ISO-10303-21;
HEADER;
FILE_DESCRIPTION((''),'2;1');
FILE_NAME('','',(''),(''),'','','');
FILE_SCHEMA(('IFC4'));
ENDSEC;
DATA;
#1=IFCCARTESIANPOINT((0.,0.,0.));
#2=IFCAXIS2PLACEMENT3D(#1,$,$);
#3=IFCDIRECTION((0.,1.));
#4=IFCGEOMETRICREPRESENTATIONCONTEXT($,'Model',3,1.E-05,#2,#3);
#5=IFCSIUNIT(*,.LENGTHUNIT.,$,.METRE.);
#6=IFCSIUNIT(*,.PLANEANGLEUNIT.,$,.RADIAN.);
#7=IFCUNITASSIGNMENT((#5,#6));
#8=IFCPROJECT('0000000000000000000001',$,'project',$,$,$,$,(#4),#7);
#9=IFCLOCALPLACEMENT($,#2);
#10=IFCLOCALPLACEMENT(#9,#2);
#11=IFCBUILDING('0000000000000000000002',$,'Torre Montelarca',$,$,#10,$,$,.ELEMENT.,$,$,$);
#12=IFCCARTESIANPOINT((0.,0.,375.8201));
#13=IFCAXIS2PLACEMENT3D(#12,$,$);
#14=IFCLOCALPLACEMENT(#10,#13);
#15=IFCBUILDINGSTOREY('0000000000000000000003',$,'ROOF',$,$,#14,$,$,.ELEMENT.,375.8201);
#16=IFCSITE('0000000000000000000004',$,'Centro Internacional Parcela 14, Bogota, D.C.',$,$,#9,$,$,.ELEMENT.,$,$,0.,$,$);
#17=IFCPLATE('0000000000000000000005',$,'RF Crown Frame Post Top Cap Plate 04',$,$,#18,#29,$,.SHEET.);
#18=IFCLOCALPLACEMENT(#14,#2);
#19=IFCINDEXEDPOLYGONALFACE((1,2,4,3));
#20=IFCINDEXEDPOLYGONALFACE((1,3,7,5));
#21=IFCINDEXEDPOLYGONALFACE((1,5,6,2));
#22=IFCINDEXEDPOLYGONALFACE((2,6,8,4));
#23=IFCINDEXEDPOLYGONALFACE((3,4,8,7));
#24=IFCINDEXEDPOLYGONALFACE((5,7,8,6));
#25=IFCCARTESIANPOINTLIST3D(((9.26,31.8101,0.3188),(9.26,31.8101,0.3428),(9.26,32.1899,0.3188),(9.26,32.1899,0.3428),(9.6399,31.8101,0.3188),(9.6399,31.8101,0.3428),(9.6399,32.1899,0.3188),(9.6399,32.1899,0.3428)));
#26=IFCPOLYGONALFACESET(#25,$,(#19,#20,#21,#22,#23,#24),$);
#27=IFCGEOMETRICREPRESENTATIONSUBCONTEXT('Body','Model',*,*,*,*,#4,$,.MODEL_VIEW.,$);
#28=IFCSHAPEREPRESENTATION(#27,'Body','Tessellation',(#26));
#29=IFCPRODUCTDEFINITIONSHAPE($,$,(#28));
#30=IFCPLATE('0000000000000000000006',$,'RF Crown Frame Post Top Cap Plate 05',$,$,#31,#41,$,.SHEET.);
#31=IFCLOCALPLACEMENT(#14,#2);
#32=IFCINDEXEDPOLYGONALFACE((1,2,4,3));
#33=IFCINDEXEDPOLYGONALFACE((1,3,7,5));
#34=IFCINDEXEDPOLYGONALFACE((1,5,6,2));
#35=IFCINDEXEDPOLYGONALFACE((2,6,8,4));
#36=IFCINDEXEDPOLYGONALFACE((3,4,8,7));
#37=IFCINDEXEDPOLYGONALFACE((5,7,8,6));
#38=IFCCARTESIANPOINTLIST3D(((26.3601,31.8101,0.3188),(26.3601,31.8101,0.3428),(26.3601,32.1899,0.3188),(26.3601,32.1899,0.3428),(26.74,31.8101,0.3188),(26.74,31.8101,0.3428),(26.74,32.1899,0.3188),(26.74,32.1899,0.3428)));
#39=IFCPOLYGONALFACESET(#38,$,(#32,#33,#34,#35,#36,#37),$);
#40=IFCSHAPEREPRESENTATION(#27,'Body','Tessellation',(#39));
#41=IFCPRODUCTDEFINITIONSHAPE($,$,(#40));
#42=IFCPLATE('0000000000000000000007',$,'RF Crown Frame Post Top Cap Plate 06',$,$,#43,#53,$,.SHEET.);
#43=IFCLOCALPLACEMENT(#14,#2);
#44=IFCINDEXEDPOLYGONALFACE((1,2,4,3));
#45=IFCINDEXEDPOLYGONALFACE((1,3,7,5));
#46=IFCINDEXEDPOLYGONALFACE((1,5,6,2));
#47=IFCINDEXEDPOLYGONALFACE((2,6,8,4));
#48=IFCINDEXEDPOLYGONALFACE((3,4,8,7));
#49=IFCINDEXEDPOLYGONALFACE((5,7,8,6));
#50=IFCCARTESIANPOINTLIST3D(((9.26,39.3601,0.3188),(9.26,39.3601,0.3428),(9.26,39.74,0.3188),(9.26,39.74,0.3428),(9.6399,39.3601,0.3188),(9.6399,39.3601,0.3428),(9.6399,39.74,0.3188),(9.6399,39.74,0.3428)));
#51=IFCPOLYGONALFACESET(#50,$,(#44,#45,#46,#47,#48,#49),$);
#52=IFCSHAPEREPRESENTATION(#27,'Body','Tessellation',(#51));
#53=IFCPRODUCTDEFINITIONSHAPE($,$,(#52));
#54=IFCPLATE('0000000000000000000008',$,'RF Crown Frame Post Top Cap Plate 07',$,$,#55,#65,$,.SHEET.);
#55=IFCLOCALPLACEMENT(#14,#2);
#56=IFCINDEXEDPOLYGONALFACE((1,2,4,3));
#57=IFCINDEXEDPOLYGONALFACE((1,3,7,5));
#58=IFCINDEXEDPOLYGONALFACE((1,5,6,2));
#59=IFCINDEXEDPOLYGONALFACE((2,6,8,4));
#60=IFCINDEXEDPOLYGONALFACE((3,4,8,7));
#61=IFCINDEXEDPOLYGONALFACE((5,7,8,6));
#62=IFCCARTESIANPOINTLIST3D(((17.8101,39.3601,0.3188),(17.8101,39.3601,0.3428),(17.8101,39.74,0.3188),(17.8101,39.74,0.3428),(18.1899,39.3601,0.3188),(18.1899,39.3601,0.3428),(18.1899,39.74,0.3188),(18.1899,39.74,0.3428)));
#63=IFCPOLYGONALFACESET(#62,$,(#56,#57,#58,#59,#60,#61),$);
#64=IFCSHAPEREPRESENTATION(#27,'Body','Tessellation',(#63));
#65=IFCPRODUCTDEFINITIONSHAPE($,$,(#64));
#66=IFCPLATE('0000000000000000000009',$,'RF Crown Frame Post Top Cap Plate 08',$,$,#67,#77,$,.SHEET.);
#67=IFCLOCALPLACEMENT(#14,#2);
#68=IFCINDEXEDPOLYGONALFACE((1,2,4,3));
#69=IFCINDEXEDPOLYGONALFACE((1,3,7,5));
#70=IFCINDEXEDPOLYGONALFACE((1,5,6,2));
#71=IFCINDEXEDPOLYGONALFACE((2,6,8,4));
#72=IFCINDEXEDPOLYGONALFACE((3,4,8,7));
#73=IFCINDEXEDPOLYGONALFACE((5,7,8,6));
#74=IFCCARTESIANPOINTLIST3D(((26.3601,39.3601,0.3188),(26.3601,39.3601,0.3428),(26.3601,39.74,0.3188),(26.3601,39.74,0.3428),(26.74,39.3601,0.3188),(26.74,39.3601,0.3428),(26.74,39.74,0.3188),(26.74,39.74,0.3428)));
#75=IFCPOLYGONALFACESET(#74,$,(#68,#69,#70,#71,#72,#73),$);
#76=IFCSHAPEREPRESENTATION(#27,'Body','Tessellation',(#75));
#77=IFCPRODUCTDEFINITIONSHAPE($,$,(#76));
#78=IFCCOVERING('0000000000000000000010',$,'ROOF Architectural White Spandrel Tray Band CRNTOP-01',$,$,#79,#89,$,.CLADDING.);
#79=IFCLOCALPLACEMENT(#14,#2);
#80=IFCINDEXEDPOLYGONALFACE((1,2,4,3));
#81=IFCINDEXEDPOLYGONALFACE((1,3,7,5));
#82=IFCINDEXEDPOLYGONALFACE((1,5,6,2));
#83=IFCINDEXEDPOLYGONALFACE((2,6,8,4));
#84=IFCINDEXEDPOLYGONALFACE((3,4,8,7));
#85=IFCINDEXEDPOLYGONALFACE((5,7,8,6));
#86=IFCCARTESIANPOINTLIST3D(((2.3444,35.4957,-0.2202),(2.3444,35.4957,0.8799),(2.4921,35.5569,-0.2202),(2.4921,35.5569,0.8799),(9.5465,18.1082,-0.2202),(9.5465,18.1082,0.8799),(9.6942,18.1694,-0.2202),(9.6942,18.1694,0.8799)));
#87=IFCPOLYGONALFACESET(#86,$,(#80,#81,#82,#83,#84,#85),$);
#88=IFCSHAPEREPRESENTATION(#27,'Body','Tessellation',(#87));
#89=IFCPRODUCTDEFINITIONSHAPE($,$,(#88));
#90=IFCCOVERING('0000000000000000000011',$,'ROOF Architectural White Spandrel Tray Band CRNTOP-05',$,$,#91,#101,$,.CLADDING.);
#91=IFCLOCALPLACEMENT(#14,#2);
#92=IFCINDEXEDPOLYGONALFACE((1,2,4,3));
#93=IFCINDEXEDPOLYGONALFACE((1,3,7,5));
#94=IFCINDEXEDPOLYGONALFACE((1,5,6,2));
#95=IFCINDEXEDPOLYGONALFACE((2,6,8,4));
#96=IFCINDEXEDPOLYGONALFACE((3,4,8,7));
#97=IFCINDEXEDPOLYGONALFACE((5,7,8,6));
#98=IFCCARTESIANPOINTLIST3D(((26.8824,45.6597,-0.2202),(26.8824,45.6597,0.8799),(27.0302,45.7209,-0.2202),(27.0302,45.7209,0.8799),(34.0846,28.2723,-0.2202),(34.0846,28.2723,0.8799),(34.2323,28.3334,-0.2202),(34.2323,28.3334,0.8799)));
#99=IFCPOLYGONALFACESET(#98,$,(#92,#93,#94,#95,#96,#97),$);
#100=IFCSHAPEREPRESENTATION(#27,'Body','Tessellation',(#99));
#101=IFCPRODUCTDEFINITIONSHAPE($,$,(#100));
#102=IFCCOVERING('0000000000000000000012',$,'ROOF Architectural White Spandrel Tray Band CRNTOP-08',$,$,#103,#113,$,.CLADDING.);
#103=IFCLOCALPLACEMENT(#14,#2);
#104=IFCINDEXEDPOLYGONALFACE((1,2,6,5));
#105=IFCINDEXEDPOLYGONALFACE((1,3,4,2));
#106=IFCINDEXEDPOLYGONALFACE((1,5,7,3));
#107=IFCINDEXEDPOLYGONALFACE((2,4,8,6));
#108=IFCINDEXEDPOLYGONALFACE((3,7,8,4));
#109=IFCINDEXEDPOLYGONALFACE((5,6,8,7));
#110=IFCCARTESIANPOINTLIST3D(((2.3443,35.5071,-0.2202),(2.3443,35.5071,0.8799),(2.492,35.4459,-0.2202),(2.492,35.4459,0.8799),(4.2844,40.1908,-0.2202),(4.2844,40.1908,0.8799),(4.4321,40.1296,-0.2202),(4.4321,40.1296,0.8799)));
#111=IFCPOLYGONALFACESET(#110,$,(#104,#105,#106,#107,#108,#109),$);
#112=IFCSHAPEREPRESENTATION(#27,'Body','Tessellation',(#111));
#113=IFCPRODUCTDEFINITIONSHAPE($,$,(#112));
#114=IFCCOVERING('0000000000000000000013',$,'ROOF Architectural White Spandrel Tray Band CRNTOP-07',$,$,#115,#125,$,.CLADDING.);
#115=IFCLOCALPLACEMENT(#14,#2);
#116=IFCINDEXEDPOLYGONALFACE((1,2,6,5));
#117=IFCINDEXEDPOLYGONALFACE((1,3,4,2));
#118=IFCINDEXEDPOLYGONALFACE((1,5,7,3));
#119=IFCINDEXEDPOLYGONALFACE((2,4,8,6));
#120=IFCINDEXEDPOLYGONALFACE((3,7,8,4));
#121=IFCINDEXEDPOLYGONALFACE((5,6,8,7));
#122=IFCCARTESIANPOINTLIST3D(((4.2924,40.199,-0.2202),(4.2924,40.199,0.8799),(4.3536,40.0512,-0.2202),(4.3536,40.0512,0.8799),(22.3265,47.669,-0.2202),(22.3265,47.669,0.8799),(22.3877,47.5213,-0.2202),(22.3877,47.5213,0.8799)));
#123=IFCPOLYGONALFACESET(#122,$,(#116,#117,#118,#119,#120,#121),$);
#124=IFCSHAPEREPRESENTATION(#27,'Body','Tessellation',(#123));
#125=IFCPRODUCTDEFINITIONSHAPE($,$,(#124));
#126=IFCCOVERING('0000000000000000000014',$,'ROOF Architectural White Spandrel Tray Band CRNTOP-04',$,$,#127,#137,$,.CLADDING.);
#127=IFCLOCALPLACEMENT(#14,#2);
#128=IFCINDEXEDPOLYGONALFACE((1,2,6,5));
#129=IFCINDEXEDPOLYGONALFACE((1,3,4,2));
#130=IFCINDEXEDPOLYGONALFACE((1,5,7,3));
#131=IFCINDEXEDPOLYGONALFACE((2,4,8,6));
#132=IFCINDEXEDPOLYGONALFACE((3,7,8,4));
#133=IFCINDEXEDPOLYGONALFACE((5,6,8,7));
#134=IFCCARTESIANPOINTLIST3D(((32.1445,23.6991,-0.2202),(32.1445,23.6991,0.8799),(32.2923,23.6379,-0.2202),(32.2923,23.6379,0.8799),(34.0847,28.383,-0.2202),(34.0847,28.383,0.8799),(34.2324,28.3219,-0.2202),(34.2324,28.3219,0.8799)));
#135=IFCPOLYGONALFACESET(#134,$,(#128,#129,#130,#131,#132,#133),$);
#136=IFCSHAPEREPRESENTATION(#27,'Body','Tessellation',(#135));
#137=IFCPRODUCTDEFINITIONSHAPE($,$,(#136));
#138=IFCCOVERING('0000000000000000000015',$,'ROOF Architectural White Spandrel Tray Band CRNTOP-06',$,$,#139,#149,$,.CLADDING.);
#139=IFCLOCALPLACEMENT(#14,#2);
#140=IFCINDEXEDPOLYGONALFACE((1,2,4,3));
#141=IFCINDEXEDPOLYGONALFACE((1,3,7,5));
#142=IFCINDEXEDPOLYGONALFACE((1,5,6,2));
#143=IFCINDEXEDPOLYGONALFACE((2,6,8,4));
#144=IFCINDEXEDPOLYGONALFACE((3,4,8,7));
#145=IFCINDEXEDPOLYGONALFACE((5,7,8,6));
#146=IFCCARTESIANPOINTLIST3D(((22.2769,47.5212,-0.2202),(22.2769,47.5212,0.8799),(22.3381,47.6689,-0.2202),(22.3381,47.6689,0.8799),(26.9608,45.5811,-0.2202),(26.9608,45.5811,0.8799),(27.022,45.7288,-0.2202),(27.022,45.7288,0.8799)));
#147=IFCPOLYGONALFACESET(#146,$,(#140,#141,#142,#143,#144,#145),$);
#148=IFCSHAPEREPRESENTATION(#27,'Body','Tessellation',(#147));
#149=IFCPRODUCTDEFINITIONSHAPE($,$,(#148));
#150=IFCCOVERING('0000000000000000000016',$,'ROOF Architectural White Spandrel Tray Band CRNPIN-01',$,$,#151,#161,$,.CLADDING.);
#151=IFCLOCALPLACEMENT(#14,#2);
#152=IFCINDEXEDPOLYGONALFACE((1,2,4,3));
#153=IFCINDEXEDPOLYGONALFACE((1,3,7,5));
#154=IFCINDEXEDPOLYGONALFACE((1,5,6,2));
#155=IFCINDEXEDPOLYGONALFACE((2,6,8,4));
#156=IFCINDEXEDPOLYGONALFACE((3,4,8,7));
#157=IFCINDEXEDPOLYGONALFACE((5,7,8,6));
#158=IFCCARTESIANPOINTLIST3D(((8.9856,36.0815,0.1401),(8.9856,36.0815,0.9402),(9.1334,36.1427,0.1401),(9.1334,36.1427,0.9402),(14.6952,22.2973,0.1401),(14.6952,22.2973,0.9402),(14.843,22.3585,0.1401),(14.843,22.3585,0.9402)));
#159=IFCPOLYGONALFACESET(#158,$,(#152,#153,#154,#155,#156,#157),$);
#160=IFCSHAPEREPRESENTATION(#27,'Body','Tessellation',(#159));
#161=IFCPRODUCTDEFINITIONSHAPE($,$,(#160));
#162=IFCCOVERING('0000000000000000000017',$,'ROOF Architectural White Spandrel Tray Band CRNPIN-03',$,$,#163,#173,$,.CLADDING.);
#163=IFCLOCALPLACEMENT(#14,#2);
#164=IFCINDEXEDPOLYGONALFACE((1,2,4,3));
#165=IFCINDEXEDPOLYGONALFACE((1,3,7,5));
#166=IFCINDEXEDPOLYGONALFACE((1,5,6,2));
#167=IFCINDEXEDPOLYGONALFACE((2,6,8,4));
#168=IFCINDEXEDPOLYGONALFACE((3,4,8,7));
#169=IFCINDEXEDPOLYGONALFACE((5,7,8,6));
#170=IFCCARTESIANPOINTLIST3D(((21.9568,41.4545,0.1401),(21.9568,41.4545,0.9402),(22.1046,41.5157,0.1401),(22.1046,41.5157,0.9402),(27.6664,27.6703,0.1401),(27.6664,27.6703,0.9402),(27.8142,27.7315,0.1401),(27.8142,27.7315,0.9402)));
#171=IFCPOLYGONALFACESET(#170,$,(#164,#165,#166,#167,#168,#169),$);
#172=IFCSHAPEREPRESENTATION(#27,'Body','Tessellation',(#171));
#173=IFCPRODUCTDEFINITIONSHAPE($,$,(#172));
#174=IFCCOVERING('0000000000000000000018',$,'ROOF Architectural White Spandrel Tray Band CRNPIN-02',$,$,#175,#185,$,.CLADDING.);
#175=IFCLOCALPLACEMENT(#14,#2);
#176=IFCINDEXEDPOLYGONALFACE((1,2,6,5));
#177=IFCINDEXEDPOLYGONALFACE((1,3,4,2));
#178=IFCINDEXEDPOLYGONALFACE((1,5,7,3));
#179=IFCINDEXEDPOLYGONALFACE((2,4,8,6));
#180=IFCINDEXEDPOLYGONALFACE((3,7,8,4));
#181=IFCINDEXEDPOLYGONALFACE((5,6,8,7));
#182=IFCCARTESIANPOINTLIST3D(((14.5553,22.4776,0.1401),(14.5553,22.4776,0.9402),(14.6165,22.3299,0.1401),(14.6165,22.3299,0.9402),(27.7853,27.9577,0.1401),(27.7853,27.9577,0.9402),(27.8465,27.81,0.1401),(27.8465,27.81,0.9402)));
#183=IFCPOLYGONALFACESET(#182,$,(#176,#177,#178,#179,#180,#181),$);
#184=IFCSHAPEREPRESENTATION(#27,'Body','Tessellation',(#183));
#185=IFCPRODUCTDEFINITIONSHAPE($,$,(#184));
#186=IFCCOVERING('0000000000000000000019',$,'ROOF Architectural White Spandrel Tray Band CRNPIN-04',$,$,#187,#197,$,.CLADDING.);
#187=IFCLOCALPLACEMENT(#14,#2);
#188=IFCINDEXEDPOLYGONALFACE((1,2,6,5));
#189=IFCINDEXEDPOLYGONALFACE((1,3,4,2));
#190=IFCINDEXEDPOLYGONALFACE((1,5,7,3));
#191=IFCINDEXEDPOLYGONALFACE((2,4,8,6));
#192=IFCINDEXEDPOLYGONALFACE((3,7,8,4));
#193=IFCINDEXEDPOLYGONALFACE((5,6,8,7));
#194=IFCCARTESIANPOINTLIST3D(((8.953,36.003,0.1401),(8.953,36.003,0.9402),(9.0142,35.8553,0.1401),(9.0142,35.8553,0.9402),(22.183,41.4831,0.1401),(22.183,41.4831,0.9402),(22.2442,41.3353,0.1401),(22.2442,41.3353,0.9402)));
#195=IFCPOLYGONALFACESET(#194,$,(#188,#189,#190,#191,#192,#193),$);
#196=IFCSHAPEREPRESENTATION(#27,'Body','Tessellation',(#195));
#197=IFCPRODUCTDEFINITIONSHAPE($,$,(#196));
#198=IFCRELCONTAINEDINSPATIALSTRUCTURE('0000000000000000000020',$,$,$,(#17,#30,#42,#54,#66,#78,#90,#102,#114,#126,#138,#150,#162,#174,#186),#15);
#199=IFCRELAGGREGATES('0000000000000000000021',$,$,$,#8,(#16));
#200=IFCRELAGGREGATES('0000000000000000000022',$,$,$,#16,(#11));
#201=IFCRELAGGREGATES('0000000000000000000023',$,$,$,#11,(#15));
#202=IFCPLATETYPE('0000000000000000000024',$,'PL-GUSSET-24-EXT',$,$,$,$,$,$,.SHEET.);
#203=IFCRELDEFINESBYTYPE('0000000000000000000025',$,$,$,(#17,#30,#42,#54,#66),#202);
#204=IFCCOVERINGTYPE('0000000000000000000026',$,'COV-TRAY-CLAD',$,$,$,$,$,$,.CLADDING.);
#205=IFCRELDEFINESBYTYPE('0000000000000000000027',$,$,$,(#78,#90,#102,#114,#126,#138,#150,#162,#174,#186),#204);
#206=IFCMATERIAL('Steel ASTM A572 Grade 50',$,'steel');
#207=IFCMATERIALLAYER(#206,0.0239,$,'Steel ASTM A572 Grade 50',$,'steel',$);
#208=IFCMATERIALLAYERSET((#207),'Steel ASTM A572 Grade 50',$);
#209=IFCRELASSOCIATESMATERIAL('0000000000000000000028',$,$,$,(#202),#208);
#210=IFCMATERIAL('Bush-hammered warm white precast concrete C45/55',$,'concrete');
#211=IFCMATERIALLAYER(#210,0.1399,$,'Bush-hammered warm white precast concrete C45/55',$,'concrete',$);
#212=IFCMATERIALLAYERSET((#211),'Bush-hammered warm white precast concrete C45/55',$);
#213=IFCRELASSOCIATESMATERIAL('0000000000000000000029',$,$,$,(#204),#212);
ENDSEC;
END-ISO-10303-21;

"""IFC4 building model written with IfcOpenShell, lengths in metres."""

from ifc_helpers import new_model, si_unit, direction, frame, origin, origin_2d, place, context, subcontext, project, spatial, rectangle, extrude, source, transform, mapped, material, layer, layer_set, type_object, element, save


model = new_model("IFC4")

# Units and contexts
model_context = context("Model", 3, precision=1e-05, world=origin(), true_north=direction((0.0, 1.0)))
body_context = subcontext(model_context, "Body", "Model", "MODEL_VIEW")
ifc_project = project(units=[si_unit("LENGTHUNIT", "METRE"), si_unit("PLANEANGLEUNIT", "RADIAN")], contexts=[model_context])

# Site, building, storey
site_placement = place(None, origin())
site = spatial("IfcSite", under=ifc_project, at=site_placement, Name="Centro Internacional Parcela 14, Bogota, D.C.", CompositionType="ELEMENT", RefElevation=0.0)
building_placement = place(site_placement, origin())
building = spatial("IfcBuilding", under=site, at=building_placement, Name="Torre Montelarca", CompositionType="ELEMENT")
storey_placement = place(building_placement, frame((0.0, 0.0, 375.8201)))
storey = spatial("IfcBuildingStorey", under=building, at=storey_placement, Name="ROOF", CompositionType="ELEMENT", Elevation=375.8201)

# Plates
ifc_material_1 = material(Name="Steel ASTM A572 Grade 50", Category="steel")
ifc_layer_1 = layer(ifc_material_1, 0.0239, Name="Steel ASTM A572 Grade 50", Category="steel")
ifc_layer_set_1 = layer_set([ifc_layer_1], Name="Steel ASTM A572 Grade 50")
plate_type = type_object("IfcPlateType", Name="PL-GUSSET-24-EXT", PredefinedType="SHEET", material=ifc_layer_set_1)
shared_shape_1 = source(origin(), body_context, "Body", "SweptSolid", [
    extrude(rectangle(XDim=0.3799, YDim=0.3799, at=origin_2d()), origin(), (0.0, 0.0, 1.0), 0.0239),
])
for number, where, z_axis, x_axis, name in (
    (1, (9.45, 32.0, 0.3188), (0.0, 0.0, 1.0), (1.0, 0.0, 0.0), "RF Crown Frame Post Top Cap Plate 04"),
    (2, (26.55, 32.0, 0.3188), (0.0, 0.0, 1.0), (1.0, 0.0, 0.0), "RF Crown Frame Post Top Cap Plate 05"),
    (3, (9.45, 39.55, 0.3188), (0.0, 0.0, 1.0), (1.0, 0.0, 0.0), "RF Crown Frame Post Top Cap Plate 06"),
    (4, (18.0, 39.55, 0.3188), (0.0, 0.0, 1.0), (1.0, 0.0, 0.0), "RF Crown Frame Post Top Cap Plate 07"),
    (5, (26.55, 39.55, 0.3188), (0.0, 0.0, 1.0), (1.0, 0.0, 0.0), "RF Crown Frame Post Top Cap Plate 08"),
):
    element("IfcPlate", number, at=place(storey_placement, frame(where, z_axis=z_axis, x_axis=x_axis)), inside=storey, type_object=plate_type, Name=name, PredefinedType="SHEET", context=body_context, shape_type="MappedRepresentation", body=[
        mapped(shared_shape_1, transform((0.0, 0.0, 0.0), scale=1.0)),
    ])

# Coverings
ifc_material_2 = material(Name="Bush-hammered warm white precast concrete C45/55", Category="concrete")
ifc_layer_2 = layer(ifc_material_2, 0.1399, Name="Bush-hammered warm white precast concrete C45/55", Category="concrete")
ifc_layer_set_2 = layer_set([ifc_layer_2], Name="Bush-hammered warm white precast concrete C45/55")
covering_type = type_object("IfcCoveringType", Name="COV-TRAY-CLAD", PredefinedType="CLADDING", material=ifc_layer_set_2)
shared_shape_2 = source(origin(), body_context, "Body", "SweptSolid", [
    extrude(rectangle(XDim=18.8201, YDim=0.1599, at=origin_2d()), origin(), (0.0, 0.0, 1.0), 1.1001),
])
for number, where, z_axis, x_axis, name in (
    (6, (6.0193, 26.8325, -0.2202), (0.0, 0.0, 1.0), (0.382683, -0.92388, 0.0), "ROOF Architectural White Spandrel Tray Band CRNTOP-01"),
    (7, (30.5574, 36.9966, -0.2202), (0.0, 0.0, 1.0), (-0.382685, 0.923879, 0.0), "ROOF Architectural White Spandrel Tray Band CRNTOP-05"),
):
    element("IfcCovering", number, at=place(storey_placement, frame(where, z_axis=z_axis, x_axis=x_axis)), inside=storey, type_object=covering_type, Name=name, PredefinedType="CLADDING", context=body_context, shape_type="MappedRepresentation", body=[
        mapped(shared_shape_2, transform((0.0, 0.0, 0.0), scale=1.0)),
    ])
shared_shape_3 = source(origin(), body_context, "Body", "SweptSolid", [
    extrude(rectangle(XDim=5.0696, YDim=0.1599, at=origin_2d()), origin(), (0.0, 0.0, 1.0), 1.1001),
])
covering_1_placement = place(storey_placement, frame((3.3882, 37.8184, -0.2202), z_axis=(0.0, 0.0, 1.0), x_axis=(-0.382691, -0.923876, 0.0)))
element("IfcCovering", 8, at=covering_1_placement, inside=storey, type_object=covering_type, Name="ROOF Architectural White Spandrel Tray Band CRNTOP-08", PredefinedType="CLADDING", context=body_context, shape_type="MappedRepresentation", body=[
    mapped(shared_shape_3, transform((0.0, 0.0, 0.0), scale=1.0)),
])
shared_shape_4 = source(origin(), body_context, "Body", "SweptSolid", [
    extrude(rectangle(XDim=19.52, YDim=0.1599, at=origin_2d()), origin(), (0.0, 0.0, 1.0), 1.1001),
])
covering_2_placement = place(storey_placement, frame((13.3401, 43.8601, -0.2202), z_axis=(0.0, 0.0, 1.0), x_axis=(-0.923878, -0.382687, 0.0)))
element("IfcCovering", 9, at=covering_2_placement, inside=storey, type_object=covering_type, Name="ROOF Architectural White Spandrel Tray Band CRNTOP-07", PredefinedType="CLADDING", context=body_context, shape_type="MappedRepresentation", body=[
    mapped(shared_shape_4, transform((0.0, 0.0, 0.0), scale=1.0)),
])
shared_shape_5 = source(origin(), body_context, "Body", "SweptSolid", [
    extrude(rectangle(XDim=5.0698, YDim=0.1599, at=origin_2d()), origin(), (0.0, 0.0, 1.0), 1.1001),
])
for number, where, z_axis, x_axis, name in (
    (10, (33.1885, 26.0105, -0.2202), (0.0, 0.0, 1.0), (0.382683, 0.92388, 0.0), "ROOF Architectural White Spandrel Tray Band CRNTOP-04"),
    (11, (24.6494, 46.625, -0.2202), (0.0, 0.0, 1.0), (-0.92388, 0.382683, 0.0), "ROOF Architectural White Spandrel Tray Band CRNTOP-06"),
):
    element("IfcCovering", number, at=place(storey_placement, frame(where, z_axis=z_axis, x_axis=x_axis)), inside=storey, type_object=covering_type, Name=name, PredefinedType="CLADDING", context=body_context, shape_type="MappedRepresentation", body=[
        mapped(shared_shape_5, transform((0.0, 0.0, 0.0), scale=1.0)),
    ])
shared_shape_6 = source(origin(), body_context, "Body", "SweptSolid", [
    extrude(rectangle(XDim=14.9199, YDim=0.1599, at=origin_2d()), origin(), (0.0, 0.0, 1.0), 0.8),
])
for number, where, z_axis, x_axis, name in (
    (12, (11.9143, 29.22, 0.1401), (0.0, 0.0, 1.0), (0.382683, -0.92388, 0.0), "ROOF Architectural White Spandrel Tray Band CRNPIN-01"),
    (13, (24.8855, 34.593, 0.1401), (0.0, 0.0, 1.0), (-0.382683, 0.92388, 0.0), "ROOF Architectural White Spandrel Tray Band CRNPIN-03"),
):
    element("IfcCovering", number, at=place(storey_placement, frame(where, z_axis=z_axis, x_axis=x_axis)), inside=storey, type_object=covering_type, Name=name, PredefinedType="CLADDING", context=body_context, shape_type="MappedRepresentation", body=[
        mapped(shared_shape_6, transform((0.0, 0.0, 0.0), scale=1.0)),
    ])
shared_shape_7 = source(origin(), body_context, "Body", "SweptSolid", [
    extrude(rectangle(XDim=14.3201, YDim=0.1599, at=origin_2d()), origin(), (0.0, 0.0, 1.0), 0.8),
])
for number, where, z_axis, x_axis, name in (
    (14, (21.2009, 25.1438, 0.1401), (0.0, 0.0, 1.0), (0.92388, 0.382683, 0.0), "ROOF Architectural White Spandrel Tray Band CRNPIN-02"),
    (15, (15.5986, 38.6692, 0.1401), (0.0, 0.0, 1.0), (-0.92388, -0.382683, 0.0), "ROOF Architectural White Spandrel Tray Band CRNPIN-04"),
):
    element("IfcCovering", number, at=place(storey_placement, frame(where, z_axis=z_axis, x_axis=x_axis)), inside=storey, type_object=covering_type, Name=name, PredefinedType="CLADDING", context=body_context, shape_type="MappedRepresentation", body=[
        mapped(shared_shape_7, transform((0.0, 0.0, 0.0), scale=1.0)),
    ])

save(model, "model.ifc")
